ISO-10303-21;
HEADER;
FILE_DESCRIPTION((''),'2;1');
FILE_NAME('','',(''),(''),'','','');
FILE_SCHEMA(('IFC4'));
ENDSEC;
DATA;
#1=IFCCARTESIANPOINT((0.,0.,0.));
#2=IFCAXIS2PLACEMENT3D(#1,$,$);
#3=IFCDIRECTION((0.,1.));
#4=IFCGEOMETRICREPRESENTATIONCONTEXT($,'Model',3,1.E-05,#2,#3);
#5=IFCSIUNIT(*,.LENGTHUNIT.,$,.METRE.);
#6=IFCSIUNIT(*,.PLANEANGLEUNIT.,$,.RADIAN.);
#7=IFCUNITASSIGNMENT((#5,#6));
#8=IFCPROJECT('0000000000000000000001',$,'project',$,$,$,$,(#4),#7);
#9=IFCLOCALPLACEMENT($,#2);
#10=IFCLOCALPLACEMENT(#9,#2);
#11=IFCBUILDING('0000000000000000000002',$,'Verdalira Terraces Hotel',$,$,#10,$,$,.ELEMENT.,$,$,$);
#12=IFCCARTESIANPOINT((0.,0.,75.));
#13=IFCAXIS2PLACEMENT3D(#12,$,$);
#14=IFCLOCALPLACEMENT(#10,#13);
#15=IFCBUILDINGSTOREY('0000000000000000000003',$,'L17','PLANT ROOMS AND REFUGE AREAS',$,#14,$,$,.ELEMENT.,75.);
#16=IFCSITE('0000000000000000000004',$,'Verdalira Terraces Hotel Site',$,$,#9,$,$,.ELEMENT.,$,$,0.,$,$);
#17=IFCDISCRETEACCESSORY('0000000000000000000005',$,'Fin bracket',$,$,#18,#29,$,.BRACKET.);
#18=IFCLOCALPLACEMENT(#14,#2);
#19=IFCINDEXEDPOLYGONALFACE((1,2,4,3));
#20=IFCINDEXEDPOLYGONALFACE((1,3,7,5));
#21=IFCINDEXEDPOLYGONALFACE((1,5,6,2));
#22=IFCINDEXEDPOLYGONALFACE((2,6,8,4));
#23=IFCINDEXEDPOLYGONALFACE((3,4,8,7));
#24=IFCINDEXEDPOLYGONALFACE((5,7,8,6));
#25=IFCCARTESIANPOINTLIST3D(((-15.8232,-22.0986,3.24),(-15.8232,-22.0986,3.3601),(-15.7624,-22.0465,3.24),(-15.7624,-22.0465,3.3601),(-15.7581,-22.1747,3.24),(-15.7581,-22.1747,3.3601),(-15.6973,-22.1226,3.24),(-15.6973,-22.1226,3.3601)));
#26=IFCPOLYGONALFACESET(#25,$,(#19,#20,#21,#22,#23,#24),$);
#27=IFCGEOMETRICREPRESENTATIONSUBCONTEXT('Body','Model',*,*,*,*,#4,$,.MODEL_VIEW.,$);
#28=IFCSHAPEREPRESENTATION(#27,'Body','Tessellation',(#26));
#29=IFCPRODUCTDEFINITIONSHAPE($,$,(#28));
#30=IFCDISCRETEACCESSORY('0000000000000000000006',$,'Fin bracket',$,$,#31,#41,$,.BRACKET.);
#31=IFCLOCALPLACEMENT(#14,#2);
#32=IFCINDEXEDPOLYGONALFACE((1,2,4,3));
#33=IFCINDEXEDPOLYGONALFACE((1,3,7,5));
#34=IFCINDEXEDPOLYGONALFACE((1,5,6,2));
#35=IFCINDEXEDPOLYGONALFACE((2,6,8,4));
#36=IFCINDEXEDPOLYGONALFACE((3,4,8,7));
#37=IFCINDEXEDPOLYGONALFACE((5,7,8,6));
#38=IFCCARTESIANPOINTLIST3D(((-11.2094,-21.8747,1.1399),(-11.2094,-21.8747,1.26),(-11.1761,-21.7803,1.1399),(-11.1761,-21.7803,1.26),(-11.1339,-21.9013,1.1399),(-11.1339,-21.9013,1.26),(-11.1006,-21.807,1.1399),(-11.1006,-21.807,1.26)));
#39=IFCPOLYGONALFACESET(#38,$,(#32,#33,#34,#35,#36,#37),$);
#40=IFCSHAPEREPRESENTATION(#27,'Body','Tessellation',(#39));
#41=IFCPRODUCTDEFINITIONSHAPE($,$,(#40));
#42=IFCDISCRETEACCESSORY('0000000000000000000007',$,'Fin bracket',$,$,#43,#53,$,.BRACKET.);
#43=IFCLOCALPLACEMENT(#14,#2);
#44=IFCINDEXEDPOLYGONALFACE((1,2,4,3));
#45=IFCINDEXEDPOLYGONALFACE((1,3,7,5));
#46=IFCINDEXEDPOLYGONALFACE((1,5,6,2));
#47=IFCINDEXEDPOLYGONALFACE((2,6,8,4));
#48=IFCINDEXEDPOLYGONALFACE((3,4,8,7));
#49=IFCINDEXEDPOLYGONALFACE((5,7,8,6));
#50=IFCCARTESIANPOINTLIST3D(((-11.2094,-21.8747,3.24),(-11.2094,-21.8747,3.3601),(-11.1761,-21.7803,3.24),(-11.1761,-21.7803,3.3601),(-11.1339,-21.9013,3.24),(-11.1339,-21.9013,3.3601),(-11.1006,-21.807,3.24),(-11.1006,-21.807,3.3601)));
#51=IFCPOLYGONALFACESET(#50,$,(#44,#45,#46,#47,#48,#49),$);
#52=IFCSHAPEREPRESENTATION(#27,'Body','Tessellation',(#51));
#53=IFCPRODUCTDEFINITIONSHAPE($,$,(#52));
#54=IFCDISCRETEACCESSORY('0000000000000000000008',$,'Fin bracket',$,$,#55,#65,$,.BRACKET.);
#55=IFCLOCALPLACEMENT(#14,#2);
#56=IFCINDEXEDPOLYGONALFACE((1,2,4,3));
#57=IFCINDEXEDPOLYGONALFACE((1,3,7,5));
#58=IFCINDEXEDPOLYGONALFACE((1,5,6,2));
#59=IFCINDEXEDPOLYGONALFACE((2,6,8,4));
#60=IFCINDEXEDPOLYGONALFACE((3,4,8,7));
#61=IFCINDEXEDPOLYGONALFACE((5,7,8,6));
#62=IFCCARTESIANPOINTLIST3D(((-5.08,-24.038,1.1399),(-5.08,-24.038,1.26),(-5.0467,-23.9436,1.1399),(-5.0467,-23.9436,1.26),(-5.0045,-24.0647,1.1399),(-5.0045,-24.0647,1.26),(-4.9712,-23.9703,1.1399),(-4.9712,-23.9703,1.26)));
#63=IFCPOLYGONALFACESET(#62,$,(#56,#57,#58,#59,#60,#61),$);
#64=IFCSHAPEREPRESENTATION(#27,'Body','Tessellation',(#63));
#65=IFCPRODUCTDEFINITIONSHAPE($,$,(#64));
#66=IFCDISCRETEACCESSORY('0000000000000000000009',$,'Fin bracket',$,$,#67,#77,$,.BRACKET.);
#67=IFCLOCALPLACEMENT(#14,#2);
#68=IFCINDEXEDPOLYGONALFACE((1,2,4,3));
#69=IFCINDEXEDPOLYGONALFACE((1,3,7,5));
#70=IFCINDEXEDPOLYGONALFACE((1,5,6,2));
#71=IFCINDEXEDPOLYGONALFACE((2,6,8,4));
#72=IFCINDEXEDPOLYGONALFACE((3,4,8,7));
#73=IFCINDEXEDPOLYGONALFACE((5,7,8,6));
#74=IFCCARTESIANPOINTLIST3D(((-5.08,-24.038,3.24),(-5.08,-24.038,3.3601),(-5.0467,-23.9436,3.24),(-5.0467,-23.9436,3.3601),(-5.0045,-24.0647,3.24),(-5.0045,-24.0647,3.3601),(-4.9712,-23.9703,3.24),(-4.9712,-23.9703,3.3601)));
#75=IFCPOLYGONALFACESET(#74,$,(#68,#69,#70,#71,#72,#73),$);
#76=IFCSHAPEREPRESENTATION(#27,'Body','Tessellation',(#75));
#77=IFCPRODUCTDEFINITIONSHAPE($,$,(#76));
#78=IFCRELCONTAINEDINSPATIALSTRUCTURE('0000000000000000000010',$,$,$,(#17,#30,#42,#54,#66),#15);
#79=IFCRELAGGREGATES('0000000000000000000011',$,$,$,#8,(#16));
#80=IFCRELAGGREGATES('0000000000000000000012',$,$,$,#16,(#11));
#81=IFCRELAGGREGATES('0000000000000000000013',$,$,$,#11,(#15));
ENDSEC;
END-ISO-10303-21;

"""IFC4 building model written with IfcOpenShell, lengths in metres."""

from ifc_helpers import new_model, si_unit, direction, frame, origin, origin_2d, place, context, subcontext, project, spatial, rectangle, extrude, element, save


model = new_model("IFC4")

# Units and contexts
model_context = context("Model", 3, precision=1e-05, world=origin(), true_north=direction((0.0, 1.0)))
body_context = subcontext(model_context, "Body", "Model", "MODEL_VIEW")
ifc_project = project(units=[si_unit("LENGTHUNIT", "METRE"), si_unit("PLANEANGLEUNIT", "RADIAN")], contexts=[model_context])

# Site, building, storey
site_placement = place(None, origin())
site = spatial("IfcSite", under=ifc_project, at=site_placement, Name="Verdalira Terraces Hotel Site", CompositionType="ELEMENT", RefElevation=0.0)
building_placement = place(site_placement, origin())
building = spatial("IfcBuilding", under=site, at=building_placement, Name="Verdalira Terraces Hotel", CompositionType="ELEMENT")
storey_placement = place(building_placement, frame((0.0, 0.0, 75.0)))
storey = spatial("IfcBuildingStorey", under=building, at=storey_placement, Name="L17", Description="PLANT ROOMS AND REFUGE AREAS", CompositionType="ELEMENT", Elevation=75.0)

# Discrete accessories
for number, where, z_axis, x_axis, name in (
    (1, (-15.7603, -22.1106, 3.24), (0.0, 0.0, 1.0), (0.759725, 0.650244, 0.0), "Fin bracket"),
    (2, (-11.155, -21.8408, 1.1399), (0.0, 0.0, 1.0), (0.942991, -0.33282, 0.0), "Fin bracket"),
    (3, (-11.155, -21.8408, 3.24), (0.0, 0.0, 1.0), (0.942991, -0.33282, 0.0), "Fin bracket"),
    (4, (-5.0256, -24.0041, 1.1399), (0.0, 0.0, 1.0), (0.942991, -0.33282, 0.0), "Fin bracket"),
    (5, (-5.0256, -24.0041, 3.24), (0.0, 0.0, 1.0), (0.942991, -0.33282, 0.0), "Fin bracket"),
):
    element("IfcDiscreteAccessory", number, at=place(storey_placement, frame(where, z_axis=z_axis, x_axis=x_axis)), inside=storey, Name=name, PredefinedType="BRACKET", context=body_context, shape_type="SweptSolid", body=[
        extrude(rectangle(XDim=0.0801, YDim=0.1001, at=origin_2d()), origin(), (0.0, 0.0, 1.0), 0.1201),
    ])

save(model, "model.ifc")
